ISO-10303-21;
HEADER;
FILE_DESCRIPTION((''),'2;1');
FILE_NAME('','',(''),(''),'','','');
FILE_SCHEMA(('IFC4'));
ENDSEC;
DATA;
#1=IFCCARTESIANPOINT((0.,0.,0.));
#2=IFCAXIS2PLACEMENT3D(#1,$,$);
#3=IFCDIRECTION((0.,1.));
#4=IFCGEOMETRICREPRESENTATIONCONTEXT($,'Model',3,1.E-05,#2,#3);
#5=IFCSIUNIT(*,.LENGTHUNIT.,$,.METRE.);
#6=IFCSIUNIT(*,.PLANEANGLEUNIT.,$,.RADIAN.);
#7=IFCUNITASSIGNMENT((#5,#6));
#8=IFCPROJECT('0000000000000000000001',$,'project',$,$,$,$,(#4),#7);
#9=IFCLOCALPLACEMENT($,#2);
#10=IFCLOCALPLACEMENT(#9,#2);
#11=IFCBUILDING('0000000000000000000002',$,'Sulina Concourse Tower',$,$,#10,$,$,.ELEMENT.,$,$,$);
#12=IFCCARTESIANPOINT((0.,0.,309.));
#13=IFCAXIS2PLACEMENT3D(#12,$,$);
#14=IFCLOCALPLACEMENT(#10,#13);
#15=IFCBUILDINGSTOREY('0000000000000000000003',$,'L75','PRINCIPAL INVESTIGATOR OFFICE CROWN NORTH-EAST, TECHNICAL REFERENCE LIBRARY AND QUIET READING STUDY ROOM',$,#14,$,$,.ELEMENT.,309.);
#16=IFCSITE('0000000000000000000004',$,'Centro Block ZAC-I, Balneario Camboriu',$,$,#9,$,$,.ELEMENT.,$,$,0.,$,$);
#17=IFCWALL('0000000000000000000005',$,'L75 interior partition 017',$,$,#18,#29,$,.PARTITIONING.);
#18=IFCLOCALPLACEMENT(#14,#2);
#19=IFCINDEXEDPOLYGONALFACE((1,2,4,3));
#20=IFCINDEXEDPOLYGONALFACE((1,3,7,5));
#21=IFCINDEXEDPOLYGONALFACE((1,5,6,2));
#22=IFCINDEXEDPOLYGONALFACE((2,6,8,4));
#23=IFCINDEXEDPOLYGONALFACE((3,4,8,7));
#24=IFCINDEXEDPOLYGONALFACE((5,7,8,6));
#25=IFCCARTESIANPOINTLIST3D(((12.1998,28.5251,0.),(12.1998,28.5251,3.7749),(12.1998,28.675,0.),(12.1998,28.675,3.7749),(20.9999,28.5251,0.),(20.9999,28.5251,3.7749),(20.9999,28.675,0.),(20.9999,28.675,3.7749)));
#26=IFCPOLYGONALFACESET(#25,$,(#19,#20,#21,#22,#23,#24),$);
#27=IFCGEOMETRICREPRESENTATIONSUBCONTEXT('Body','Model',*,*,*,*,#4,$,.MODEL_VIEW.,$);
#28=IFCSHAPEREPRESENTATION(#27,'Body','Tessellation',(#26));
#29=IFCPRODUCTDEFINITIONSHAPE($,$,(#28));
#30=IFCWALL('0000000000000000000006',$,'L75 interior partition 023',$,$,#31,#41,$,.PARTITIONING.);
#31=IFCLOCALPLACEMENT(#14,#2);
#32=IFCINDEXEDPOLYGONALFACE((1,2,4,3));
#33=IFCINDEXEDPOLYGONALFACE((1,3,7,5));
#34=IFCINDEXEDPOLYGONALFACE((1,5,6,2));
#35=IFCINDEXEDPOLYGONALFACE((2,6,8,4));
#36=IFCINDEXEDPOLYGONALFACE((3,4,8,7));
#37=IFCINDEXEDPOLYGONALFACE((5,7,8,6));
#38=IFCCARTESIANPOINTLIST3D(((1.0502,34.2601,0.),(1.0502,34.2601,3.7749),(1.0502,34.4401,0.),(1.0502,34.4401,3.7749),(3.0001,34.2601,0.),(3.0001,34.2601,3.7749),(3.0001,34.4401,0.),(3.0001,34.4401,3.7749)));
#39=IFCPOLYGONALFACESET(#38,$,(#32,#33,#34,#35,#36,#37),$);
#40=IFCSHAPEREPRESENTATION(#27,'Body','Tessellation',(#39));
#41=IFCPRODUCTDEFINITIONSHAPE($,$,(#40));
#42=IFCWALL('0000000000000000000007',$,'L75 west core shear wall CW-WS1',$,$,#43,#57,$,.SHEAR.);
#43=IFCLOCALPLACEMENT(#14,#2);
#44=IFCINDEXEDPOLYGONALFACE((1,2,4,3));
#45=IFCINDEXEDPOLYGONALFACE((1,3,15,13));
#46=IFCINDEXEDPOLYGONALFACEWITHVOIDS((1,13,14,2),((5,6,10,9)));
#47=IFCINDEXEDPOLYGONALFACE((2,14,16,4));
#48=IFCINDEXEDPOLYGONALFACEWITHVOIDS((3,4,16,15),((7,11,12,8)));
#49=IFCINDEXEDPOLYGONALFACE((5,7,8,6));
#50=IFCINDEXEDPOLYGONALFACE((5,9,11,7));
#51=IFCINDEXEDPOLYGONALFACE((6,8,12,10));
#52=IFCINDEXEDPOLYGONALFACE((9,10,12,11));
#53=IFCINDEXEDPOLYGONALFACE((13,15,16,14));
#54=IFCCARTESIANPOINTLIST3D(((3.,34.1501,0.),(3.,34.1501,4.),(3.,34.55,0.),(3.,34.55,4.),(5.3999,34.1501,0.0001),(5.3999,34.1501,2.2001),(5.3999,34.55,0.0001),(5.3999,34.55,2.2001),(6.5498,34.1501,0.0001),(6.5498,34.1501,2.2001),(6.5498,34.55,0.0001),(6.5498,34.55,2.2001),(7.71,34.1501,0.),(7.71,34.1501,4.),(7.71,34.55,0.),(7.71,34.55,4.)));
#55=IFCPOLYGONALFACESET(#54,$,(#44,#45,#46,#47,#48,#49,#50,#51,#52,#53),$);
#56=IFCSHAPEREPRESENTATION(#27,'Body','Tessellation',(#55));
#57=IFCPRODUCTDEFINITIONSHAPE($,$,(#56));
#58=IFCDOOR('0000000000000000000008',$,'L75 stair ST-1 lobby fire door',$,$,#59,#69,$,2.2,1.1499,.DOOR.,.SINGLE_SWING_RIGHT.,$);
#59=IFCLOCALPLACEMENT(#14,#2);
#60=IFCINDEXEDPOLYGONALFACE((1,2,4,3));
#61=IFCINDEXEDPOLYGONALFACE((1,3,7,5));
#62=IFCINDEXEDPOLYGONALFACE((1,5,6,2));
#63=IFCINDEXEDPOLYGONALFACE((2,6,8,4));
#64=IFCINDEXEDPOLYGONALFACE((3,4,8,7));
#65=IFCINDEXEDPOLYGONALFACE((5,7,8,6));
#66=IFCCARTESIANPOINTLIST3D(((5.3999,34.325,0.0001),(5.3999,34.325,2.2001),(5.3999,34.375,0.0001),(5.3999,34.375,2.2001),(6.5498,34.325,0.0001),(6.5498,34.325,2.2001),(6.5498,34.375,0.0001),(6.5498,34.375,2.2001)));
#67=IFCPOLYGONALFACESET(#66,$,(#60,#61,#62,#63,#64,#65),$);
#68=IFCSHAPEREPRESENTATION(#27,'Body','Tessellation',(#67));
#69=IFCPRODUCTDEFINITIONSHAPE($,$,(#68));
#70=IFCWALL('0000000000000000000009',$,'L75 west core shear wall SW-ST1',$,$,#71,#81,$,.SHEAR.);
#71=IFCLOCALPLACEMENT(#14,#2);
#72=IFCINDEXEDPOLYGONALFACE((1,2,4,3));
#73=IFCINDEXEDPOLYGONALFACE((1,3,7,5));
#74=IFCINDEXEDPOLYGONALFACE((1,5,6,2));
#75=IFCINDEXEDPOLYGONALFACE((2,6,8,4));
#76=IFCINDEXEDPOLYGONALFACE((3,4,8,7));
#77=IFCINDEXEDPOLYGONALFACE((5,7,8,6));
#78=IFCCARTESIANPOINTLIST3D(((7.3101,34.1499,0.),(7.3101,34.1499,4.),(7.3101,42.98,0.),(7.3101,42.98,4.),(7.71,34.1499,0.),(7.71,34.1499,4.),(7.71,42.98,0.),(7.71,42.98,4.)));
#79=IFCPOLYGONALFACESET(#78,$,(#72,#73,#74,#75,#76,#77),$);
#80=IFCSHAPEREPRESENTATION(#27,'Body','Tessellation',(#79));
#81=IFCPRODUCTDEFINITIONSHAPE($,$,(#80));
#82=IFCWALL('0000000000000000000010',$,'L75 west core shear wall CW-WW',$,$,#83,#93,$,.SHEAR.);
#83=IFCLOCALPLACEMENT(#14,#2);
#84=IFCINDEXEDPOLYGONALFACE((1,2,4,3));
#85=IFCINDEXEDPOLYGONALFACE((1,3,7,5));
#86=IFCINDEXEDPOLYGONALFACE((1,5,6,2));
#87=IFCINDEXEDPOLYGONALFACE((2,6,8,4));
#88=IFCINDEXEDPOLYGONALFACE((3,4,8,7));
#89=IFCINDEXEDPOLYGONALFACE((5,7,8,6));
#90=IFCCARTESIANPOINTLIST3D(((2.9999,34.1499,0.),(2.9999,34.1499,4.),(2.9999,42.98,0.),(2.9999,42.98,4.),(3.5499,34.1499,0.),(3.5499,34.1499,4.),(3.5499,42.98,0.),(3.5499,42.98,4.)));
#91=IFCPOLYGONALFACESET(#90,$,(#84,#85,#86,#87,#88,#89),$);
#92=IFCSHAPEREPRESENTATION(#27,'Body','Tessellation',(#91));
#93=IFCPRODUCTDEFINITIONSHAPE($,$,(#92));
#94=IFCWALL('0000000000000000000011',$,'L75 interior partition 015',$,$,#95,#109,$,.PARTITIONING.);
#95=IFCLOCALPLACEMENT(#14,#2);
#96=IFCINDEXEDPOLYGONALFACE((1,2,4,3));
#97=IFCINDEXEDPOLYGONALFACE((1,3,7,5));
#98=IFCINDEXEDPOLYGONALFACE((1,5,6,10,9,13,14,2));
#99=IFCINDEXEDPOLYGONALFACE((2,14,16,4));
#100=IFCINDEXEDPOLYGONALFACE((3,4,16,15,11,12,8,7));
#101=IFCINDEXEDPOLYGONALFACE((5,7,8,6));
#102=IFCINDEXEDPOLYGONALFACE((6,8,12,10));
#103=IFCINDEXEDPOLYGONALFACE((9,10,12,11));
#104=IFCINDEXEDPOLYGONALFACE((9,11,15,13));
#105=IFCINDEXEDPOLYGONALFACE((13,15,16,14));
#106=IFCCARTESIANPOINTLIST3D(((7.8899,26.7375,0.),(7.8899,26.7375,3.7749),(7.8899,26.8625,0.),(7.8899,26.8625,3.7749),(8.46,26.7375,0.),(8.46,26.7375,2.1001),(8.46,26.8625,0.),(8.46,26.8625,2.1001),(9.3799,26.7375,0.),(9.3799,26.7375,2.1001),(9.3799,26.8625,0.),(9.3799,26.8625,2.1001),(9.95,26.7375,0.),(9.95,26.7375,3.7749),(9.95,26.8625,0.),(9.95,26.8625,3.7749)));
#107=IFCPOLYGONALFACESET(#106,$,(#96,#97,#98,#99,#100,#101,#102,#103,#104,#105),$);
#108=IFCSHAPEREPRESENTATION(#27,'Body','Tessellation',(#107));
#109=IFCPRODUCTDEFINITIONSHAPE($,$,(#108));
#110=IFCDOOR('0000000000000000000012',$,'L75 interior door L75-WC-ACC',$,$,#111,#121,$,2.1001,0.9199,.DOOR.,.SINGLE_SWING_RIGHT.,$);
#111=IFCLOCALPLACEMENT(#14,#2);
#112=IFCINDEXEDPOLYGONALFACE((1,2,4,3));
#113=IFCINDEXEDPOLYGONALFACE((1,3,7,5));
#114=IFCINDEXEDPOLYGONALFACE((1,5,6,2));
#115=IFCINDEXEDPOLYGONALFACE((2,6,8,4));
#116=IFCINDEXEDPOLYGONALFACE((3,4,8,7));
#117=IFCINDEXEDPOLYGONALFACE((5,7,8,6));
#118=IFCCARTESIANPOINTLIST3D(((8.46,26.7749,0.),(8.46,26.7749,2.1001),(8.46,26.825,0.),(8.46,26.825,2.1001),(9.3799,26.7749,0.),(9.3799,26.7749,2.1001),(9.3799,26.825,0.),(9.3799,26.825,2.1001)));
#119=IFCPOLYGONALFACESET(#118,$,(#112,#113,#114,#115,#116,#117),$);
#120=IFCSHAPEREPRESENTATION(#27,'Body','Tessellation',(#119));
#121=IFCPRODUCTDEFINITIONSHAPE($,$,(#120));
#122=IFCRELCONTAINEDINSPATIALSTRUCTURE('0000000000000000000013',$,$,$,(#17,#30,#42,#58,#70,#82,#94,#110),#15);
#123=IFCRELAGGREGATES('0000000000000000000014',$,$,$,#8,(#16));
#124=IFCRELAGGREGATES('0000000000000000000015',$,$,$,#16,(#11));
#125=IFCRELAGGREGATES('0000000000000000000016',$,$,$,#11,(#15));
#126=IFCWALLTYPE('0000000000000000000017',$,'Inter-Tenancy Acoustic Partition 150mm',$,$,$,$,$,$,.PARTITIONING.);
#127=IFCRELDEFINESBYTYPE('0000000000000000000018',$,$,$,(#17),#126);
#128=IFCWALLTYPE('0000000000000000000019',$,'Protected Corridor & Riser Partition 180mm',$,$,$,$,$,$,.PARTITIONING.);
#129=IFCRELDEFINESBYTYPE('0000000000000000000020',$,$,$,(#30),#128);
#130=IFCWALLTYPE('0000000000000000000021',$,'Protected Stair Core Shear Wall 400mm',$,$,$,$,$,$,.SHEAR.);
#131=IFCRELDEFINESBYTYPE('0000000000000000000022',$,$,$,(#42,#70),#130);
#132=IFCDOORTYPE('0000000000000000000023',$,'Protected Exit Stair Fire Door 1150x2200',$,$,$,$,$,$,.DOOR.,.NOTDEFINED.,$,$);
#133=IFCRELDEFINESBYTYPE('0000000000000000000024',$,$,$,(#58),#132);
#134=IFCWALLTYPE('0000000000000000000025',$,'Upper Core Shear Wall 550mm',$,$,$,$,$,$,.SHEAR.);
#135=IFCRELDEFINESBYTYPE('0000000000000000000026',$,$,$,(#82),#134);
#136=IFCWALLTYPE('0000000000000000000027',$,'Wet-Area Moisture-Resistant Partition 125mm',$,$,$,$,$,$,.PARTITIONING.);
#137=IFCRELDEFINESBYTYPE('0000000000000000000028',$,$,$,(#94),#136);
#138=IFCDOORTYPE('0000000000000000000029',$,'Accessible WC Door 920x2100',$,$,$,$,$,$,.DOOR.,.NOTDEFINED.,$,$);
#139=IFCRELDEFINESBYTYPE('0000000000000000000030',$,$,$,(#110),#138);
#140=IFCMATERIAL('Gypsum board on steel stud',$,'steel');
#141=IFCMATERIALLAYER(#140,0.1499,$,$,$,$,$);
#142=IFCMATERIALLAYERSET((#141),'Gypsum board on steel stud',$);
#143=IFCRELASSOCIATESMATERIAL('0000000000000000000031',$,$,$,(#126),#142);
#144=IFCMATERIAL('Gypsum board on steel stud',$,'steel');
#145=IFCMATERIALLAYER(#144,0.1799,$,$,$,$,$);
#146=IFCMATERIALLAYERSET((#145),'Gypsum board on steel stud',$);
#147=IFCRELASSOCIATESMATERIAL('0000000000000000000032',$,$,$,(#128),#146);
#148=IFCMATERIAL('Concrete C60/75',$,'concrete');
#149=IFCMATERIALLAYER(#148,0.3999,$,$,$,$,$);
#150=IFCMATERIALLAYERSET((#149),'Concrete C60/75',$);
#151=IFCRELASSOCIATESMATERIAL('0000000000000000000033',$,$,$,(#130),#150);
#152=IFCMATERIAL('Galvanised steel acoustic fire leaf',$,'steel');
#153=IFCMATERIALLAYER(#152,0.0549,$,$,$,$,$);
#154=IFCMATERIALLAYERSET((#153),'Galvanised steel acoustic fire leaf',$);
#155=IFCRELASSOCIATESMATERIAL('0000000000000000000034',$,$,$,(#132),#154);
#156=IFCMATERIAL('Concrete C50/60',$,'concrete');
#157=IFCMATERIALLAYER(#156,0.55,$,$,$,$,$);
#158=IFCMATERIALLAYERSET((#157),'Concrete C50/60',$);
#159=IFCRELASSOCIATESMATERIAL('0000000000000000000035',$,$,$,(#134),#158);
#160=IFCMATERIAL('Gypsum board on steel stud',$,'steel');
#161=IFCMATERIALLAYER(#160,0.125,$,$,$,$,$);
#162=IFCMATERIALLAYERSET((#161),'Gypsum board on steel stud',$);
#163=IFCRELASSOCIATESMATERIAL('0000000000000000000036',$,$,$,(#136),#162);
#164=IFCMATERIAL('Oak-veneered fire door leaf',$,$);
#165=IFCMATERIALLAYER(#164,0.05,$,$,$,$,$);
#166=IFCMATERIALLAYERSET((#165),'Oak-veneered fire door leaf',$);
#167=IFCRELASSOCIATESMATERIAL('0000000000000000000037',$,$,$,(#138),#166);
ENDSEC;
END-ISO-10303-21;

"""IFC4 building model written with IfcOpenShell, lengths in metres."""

from ifc_helpers import new_model, si_unit, direction, frame, frame_2d, origin, place, context, subcontext, project, spatial, rectangle, extrude, material, layer, layer_set, type_object, element, fill, save


model = new_model("IFC4")

# Units and contexts
model_context = context("Model", 3, precision=1e-05, world=origin(), true_north=direction((0.0, 1.0)))
body_context = subcontext(model_context, "Body", "Model", "MODEL_VIEW")
ifc_project = project(units=[si_unit("LENGTHUNIT", "METRE"), si_unit("PLANEANGLEUNIT", "RADIAN")], contexts=[model_context])

# Site, building, storey
site_placement = place(None, origin())
site = spatial("IfcSite", under=ifc_project, at=site_placement, Name="Centro Block ZAC-I, Balneario Camboriu", CompositionType="ELEMENT", RefElevation=0.0)
building_placement = place(site_placement, origin())
building = spatial("IfcBuilding", under=site, at=building_placement, Name="Sulina Concourse Tower", CompositionType="ELEMENT")
storey_placement = place(building_placement, frame((0.0, 0.0, 309.0)))
storey = spatial("IfcBuildingStorey", under=building, at=storey_placement, Name="L75", Description="PRINCIPAL INVESTIGATOR OFFICE CROWN NORTH-EAST, TECHNICAL REFERENCE LIBRARY AND QUIET READING STUDY ROOM", CompositionType="ELEMENT", Elevation=309.0)

# Walls
ifc_material_1 = material(Name="Gypsum board on steel stud", Category="steel")
ifc_layer_1 = layer(ifc_material_1, 0.1499)
ifc_layer_set_1 = layer_set([ifc_layer_1], Name="Gypsum board on steel stud")
wall_type_1 = type_object("IfcWallType", Name="Inter-Tenancy Acoustic Partition 150mm", PredefinedType="PARTITIONING", material=ifc_layer_set_1)
wall_1_placement = place(storey_placement, frame((12.2, 28.6001, 0.0), z_axis=(0.0, 0.0, 1.0), x_axis=(1.0, 0.0, 0.0)))
element("IfcWall", 1, at=wall_1_placement, inside=storey, type_object=wall_type_1, Name="L75 interior partition 017", PredefinedType="PARTITIONING", context=body_context, shape_type="SweptSolid", body=[
    extrude(rectangle(XDim=8.8, YDim=0.1499, at=frame_2d((4.3999, 0.0))), origin(), (0.0, 0.0, 1.0), 3.7749),
])
ifc_material_2 = material(Name="Gypsum board on steel stud", Category="steel")
ifc_layer_2 = layer(ifc_material_2, 0.1799)
ifc_layer_set_2 = layer_set([ifc_layer_2], Name="Gypsum board on steel stud")
wall_type_2 = type_object("IfcWallType", Name="Protected Corridor & Riser Partition 180mm", PredefinedType="PARTITIONING", material=ifc_layer_set_2)
wall_2_placement = place(storey_placement, frame((1.05, 34.3501, 0.0), z_axis=(0.0, 0.0, 1.0), x_axis=(1.0, 0.0, 0.0)))
element("IfcWall", 2, at=wall_2_placement, inside=storey, type_object=wall_type_2, Name="L75 interior partition 023", PredefinedType="PARTITIONING", context=body_context, shape_type="SweptSolid", body=[
    extrude(rectangle(XDim=1.95, YDim=0.1799, at=frame_2d((0.9751, 0.0))), origin(), (0.0, 0.0, 1.0), 3.7749),
])

# Wall, opening, door
ifc_material_3 = material(Name="Concrete C60/75", Category="concrete")
ifc_layer_3 = layer(ifc_material_3, 0.3999)
ifc_layer_set_3 = layer_set([ifc_layer_3], Name="Concrete C60/75")
wall_type_3 = type_object("IfcWallType", Name="Protected Stair Core Shear Wall 400mm", PredefinedType="SHEAR", material=ifc_layer_set_3)
wall_3_placement = place(storey_placement, frame((3.0, 34.3501, 0.0), z_axis=(0.0, 0.0, 1.0), x_axis=(1.0, 0.0, 0.0)))
wall_3 = element("IfcWall", 3, at=wall_3_placement, inside=storey, type_object=wall_type_3, Name="L75 west core shear wall CW-WS1", PredefinedType="SHEAR", context=body_context, shape_type="SweptSolid", body=[
    extrude(rectangle(XDim=4.71, YDim=0.3999, at=frame_2d((2.355, 0.0))), origin(), (0.0, 0.0, 1.0), 4.0),
])
opening_1_placement = place(wall_3_placement, frame((2.3999, 0.0, 0.0)))
opening_1 = element("IfcOpeningElement", 4, at=opening_1_placement, cuts=wall_3, PredefinedType="OPENING", context=body_context, shape_type="SweptSolid", body=[
    extrude(rectangle(XDim=1.1499, YDim=2.2, at=frame_2d((0.575, 1.1001))), frame((0.0, 0.21, 0.0), z_axis=(0.0, -1.0, 0.0), x_axis=(1.0, 0.0, 0.0)), (0.0, 0.0, 1.0), 0.4199),
])
ifc_material_4 = material(Name="Galvanised steel acoustic fire leaf", Category="steel")
ifc_layer_4 = layer(ifc_material_4, 0.0549)
ifc_layer_set_4 = layer_set([ifc_layer_4], Name="Galvanised steel acoustic fire leaf")
door_type_1 = type_object("IfcDoorType", Name="Protected Exit Stair Fire Door 1150x2200", OperationType="NOTDEFINED", PredefinedType="DOOR", material=ifc_layer_set_4)
door_1_placement = place(opening_1_placement, origin())
door_1 = element("IfcDoor", 5, at=door_1_placement, inside=storey, type_object=door_type_1, Name="L75 stair ST-1 lobby fire door", OperationType="SINGLE_SWING_RIGHT", OverallHeight=2.2, OverallWidth=1.1499, PredefinedType="DOOR", context=body_context, shape_type="SweptSolid", body=[
    extrude(rectangle(XDim=1.1499, YDim=2.2, at=frame_2d((0.575, 1.1001))), frame((0.0, 0.0249, 0.0), z_axis=(0.0, -1.0, 0.0), x_axis=(1.0, 0.0, 0.0)), (0.0, 0.0, 1.0), 0.05),
])
fill(opening_1, door_1)

# Walls
wall_4_placement = place(storey_placement, frame((7.51, 34.1499, 0.0), z_axis=(0.0, 0.0, 1.0), x_axis=(0.0, 1.0, 0.0)))
element("IfcWall", 6, at=wall_4_placement, inside=storey, type_object=wall_type_3, Name="L75 west core shear wall SW-ST1", PredefinedType="SHEAR", context=body_context, shape_type="SweptSolid", body=[
    extrude(rectangle(XDim=8.8301, YDim=0.3999, at=frame_2d((4.415, 0.0))), origin(), (0.0, 0.0, 1.0), 4.0),
])
ifc_material_5 = material(Name="Concrete C50/60", Category="concrete")
ifc_layer_5 = layer(ifc_material_5, 0.55)
ifc_layer_set_5 = layer_set([ifc_layer_5], Name="Concrete C50/60")
wall_type_4 = type_object("IfcWallType", Name="Upper Core Shear Wall 550mm", PredefinedType="SHEAR", material=ifc_layer_set_5)
wall_5_placement = place(storey_placement, frame((3.2749, 34.1499, 0.0), z_axis=(0.0, 0.0, 1.0), x_axis=(0.0, 1.0, 0.0)))
element("IfcWall", 7, at=wall_5_placement, inside=storey, type_object=wall_type_4, Name="L75 west core shear wall CW-WW", PredefinedType="SHEAR", context=body_context, shape_type="SweptSolid", body=[
    extrude(rectangle(XDim=8.8301, YDim=0.55, at=frame_2d((4.415, 0.0))), origin(), (0.0, 0.0, 1.0), 4.0),
])

# Wall, opening, door
ifc_material_6 = material(Name="Gypsum board on steel stud", Category="steel")
ifc_layer_6 = layer(ifc_material_6, 0.125)
ifc_layer_set_6 = layer_set([ifc_layer_6], Name="Gypsum board on steel stud")
wall_type_5 = type_object("IfcWallType", Name="Wet-Area Moisture-Resistant Partition 125mm", PredefinedType="PARTITIONING", material=ifc_layer_set_6)
wall_6_placement = place(storey_placement, frame((7.8899, 26.8, 0.0), z_axis=(0.0, 0.0, 1.0), x_axis=(1.0, 0.0, 0.0)))
wall_6 = element("IfcWall", 8, at=wall_6_placement, inside=storey, type_object=wall_type_5, Name="L75 interior partition 015", PredefinedType="PARTITIONING", context=body_context, shape_type="SweptSolid", body=[
    extrude(rectangle(XDim=2.0601, YDim=0.125, at=frame_2d((1.03, 0.0))), origin(), (0.0, 0.0, 1.0), 3.7749),
])
opening_2_placement = place(wall_6_placement, frame((0.5701, 0.0, 0.0)))
opening_2 = element("IfcOpeningElement", 9, at=opening_2_placement, cuts=wall_6, PredefinedType="OPENING", context=body_context, shape_type="SweptSolid", body=[
    extrude(rectangle(XDim=0.9199, YDim=2.1001, at=frame_2d((0.46, 1.05))), frame((0.0, 0.0725, 0.0), z_axis=(0.0, -1.0, 0.0), x_axis=(1.0, 0.0, 0.0)), (0.0, 0.0, 1.0), 0.145),
])
ifc_material_7 = material(Name="Oak-veneered fire door leaf")
ifc_layer_7 = layer(ifc_material_7, 0.05)
ifc_layer_set_7 = layer_set([ifc_layer_7], Name="Oak-veneered fire door leaf")
door_type_2 = type_object("IfcDoorType", Name="Accessible WC Door 920x2100", OperationType="NOTDEFINED", PredefinedType="DOOR", material=ifc_layer_set_7)
door_2_placement = place(opening_2_placement, origin())
door_2 = element("IfcDoor", 10, at=door_2_placement, inside=storey, type_object=door_type_2, Name="L75 interior door L75-WC-ACC", OperationType="SINGLE_SWING_RIGHT", OverallHeight=2.1001, OverallWidth=0.9199, PredefinedType="DOOR", context=body_context, shape_type="SweptSolid", body=[
    extrude(rectangle(XDim=0.9199, YDim=2.1001, at=frame_2d((0.46, 1.05))), frame((0.0, 0.0249, 0.0), z_axis=(0.0, -1.0, 0.0), x_axis=(1.0, 0.0, 0.0)), (0.0, 0.0, 1.0), 0.05),
])
fill(opening_2, door_2)

save(model, "model.ifc")
